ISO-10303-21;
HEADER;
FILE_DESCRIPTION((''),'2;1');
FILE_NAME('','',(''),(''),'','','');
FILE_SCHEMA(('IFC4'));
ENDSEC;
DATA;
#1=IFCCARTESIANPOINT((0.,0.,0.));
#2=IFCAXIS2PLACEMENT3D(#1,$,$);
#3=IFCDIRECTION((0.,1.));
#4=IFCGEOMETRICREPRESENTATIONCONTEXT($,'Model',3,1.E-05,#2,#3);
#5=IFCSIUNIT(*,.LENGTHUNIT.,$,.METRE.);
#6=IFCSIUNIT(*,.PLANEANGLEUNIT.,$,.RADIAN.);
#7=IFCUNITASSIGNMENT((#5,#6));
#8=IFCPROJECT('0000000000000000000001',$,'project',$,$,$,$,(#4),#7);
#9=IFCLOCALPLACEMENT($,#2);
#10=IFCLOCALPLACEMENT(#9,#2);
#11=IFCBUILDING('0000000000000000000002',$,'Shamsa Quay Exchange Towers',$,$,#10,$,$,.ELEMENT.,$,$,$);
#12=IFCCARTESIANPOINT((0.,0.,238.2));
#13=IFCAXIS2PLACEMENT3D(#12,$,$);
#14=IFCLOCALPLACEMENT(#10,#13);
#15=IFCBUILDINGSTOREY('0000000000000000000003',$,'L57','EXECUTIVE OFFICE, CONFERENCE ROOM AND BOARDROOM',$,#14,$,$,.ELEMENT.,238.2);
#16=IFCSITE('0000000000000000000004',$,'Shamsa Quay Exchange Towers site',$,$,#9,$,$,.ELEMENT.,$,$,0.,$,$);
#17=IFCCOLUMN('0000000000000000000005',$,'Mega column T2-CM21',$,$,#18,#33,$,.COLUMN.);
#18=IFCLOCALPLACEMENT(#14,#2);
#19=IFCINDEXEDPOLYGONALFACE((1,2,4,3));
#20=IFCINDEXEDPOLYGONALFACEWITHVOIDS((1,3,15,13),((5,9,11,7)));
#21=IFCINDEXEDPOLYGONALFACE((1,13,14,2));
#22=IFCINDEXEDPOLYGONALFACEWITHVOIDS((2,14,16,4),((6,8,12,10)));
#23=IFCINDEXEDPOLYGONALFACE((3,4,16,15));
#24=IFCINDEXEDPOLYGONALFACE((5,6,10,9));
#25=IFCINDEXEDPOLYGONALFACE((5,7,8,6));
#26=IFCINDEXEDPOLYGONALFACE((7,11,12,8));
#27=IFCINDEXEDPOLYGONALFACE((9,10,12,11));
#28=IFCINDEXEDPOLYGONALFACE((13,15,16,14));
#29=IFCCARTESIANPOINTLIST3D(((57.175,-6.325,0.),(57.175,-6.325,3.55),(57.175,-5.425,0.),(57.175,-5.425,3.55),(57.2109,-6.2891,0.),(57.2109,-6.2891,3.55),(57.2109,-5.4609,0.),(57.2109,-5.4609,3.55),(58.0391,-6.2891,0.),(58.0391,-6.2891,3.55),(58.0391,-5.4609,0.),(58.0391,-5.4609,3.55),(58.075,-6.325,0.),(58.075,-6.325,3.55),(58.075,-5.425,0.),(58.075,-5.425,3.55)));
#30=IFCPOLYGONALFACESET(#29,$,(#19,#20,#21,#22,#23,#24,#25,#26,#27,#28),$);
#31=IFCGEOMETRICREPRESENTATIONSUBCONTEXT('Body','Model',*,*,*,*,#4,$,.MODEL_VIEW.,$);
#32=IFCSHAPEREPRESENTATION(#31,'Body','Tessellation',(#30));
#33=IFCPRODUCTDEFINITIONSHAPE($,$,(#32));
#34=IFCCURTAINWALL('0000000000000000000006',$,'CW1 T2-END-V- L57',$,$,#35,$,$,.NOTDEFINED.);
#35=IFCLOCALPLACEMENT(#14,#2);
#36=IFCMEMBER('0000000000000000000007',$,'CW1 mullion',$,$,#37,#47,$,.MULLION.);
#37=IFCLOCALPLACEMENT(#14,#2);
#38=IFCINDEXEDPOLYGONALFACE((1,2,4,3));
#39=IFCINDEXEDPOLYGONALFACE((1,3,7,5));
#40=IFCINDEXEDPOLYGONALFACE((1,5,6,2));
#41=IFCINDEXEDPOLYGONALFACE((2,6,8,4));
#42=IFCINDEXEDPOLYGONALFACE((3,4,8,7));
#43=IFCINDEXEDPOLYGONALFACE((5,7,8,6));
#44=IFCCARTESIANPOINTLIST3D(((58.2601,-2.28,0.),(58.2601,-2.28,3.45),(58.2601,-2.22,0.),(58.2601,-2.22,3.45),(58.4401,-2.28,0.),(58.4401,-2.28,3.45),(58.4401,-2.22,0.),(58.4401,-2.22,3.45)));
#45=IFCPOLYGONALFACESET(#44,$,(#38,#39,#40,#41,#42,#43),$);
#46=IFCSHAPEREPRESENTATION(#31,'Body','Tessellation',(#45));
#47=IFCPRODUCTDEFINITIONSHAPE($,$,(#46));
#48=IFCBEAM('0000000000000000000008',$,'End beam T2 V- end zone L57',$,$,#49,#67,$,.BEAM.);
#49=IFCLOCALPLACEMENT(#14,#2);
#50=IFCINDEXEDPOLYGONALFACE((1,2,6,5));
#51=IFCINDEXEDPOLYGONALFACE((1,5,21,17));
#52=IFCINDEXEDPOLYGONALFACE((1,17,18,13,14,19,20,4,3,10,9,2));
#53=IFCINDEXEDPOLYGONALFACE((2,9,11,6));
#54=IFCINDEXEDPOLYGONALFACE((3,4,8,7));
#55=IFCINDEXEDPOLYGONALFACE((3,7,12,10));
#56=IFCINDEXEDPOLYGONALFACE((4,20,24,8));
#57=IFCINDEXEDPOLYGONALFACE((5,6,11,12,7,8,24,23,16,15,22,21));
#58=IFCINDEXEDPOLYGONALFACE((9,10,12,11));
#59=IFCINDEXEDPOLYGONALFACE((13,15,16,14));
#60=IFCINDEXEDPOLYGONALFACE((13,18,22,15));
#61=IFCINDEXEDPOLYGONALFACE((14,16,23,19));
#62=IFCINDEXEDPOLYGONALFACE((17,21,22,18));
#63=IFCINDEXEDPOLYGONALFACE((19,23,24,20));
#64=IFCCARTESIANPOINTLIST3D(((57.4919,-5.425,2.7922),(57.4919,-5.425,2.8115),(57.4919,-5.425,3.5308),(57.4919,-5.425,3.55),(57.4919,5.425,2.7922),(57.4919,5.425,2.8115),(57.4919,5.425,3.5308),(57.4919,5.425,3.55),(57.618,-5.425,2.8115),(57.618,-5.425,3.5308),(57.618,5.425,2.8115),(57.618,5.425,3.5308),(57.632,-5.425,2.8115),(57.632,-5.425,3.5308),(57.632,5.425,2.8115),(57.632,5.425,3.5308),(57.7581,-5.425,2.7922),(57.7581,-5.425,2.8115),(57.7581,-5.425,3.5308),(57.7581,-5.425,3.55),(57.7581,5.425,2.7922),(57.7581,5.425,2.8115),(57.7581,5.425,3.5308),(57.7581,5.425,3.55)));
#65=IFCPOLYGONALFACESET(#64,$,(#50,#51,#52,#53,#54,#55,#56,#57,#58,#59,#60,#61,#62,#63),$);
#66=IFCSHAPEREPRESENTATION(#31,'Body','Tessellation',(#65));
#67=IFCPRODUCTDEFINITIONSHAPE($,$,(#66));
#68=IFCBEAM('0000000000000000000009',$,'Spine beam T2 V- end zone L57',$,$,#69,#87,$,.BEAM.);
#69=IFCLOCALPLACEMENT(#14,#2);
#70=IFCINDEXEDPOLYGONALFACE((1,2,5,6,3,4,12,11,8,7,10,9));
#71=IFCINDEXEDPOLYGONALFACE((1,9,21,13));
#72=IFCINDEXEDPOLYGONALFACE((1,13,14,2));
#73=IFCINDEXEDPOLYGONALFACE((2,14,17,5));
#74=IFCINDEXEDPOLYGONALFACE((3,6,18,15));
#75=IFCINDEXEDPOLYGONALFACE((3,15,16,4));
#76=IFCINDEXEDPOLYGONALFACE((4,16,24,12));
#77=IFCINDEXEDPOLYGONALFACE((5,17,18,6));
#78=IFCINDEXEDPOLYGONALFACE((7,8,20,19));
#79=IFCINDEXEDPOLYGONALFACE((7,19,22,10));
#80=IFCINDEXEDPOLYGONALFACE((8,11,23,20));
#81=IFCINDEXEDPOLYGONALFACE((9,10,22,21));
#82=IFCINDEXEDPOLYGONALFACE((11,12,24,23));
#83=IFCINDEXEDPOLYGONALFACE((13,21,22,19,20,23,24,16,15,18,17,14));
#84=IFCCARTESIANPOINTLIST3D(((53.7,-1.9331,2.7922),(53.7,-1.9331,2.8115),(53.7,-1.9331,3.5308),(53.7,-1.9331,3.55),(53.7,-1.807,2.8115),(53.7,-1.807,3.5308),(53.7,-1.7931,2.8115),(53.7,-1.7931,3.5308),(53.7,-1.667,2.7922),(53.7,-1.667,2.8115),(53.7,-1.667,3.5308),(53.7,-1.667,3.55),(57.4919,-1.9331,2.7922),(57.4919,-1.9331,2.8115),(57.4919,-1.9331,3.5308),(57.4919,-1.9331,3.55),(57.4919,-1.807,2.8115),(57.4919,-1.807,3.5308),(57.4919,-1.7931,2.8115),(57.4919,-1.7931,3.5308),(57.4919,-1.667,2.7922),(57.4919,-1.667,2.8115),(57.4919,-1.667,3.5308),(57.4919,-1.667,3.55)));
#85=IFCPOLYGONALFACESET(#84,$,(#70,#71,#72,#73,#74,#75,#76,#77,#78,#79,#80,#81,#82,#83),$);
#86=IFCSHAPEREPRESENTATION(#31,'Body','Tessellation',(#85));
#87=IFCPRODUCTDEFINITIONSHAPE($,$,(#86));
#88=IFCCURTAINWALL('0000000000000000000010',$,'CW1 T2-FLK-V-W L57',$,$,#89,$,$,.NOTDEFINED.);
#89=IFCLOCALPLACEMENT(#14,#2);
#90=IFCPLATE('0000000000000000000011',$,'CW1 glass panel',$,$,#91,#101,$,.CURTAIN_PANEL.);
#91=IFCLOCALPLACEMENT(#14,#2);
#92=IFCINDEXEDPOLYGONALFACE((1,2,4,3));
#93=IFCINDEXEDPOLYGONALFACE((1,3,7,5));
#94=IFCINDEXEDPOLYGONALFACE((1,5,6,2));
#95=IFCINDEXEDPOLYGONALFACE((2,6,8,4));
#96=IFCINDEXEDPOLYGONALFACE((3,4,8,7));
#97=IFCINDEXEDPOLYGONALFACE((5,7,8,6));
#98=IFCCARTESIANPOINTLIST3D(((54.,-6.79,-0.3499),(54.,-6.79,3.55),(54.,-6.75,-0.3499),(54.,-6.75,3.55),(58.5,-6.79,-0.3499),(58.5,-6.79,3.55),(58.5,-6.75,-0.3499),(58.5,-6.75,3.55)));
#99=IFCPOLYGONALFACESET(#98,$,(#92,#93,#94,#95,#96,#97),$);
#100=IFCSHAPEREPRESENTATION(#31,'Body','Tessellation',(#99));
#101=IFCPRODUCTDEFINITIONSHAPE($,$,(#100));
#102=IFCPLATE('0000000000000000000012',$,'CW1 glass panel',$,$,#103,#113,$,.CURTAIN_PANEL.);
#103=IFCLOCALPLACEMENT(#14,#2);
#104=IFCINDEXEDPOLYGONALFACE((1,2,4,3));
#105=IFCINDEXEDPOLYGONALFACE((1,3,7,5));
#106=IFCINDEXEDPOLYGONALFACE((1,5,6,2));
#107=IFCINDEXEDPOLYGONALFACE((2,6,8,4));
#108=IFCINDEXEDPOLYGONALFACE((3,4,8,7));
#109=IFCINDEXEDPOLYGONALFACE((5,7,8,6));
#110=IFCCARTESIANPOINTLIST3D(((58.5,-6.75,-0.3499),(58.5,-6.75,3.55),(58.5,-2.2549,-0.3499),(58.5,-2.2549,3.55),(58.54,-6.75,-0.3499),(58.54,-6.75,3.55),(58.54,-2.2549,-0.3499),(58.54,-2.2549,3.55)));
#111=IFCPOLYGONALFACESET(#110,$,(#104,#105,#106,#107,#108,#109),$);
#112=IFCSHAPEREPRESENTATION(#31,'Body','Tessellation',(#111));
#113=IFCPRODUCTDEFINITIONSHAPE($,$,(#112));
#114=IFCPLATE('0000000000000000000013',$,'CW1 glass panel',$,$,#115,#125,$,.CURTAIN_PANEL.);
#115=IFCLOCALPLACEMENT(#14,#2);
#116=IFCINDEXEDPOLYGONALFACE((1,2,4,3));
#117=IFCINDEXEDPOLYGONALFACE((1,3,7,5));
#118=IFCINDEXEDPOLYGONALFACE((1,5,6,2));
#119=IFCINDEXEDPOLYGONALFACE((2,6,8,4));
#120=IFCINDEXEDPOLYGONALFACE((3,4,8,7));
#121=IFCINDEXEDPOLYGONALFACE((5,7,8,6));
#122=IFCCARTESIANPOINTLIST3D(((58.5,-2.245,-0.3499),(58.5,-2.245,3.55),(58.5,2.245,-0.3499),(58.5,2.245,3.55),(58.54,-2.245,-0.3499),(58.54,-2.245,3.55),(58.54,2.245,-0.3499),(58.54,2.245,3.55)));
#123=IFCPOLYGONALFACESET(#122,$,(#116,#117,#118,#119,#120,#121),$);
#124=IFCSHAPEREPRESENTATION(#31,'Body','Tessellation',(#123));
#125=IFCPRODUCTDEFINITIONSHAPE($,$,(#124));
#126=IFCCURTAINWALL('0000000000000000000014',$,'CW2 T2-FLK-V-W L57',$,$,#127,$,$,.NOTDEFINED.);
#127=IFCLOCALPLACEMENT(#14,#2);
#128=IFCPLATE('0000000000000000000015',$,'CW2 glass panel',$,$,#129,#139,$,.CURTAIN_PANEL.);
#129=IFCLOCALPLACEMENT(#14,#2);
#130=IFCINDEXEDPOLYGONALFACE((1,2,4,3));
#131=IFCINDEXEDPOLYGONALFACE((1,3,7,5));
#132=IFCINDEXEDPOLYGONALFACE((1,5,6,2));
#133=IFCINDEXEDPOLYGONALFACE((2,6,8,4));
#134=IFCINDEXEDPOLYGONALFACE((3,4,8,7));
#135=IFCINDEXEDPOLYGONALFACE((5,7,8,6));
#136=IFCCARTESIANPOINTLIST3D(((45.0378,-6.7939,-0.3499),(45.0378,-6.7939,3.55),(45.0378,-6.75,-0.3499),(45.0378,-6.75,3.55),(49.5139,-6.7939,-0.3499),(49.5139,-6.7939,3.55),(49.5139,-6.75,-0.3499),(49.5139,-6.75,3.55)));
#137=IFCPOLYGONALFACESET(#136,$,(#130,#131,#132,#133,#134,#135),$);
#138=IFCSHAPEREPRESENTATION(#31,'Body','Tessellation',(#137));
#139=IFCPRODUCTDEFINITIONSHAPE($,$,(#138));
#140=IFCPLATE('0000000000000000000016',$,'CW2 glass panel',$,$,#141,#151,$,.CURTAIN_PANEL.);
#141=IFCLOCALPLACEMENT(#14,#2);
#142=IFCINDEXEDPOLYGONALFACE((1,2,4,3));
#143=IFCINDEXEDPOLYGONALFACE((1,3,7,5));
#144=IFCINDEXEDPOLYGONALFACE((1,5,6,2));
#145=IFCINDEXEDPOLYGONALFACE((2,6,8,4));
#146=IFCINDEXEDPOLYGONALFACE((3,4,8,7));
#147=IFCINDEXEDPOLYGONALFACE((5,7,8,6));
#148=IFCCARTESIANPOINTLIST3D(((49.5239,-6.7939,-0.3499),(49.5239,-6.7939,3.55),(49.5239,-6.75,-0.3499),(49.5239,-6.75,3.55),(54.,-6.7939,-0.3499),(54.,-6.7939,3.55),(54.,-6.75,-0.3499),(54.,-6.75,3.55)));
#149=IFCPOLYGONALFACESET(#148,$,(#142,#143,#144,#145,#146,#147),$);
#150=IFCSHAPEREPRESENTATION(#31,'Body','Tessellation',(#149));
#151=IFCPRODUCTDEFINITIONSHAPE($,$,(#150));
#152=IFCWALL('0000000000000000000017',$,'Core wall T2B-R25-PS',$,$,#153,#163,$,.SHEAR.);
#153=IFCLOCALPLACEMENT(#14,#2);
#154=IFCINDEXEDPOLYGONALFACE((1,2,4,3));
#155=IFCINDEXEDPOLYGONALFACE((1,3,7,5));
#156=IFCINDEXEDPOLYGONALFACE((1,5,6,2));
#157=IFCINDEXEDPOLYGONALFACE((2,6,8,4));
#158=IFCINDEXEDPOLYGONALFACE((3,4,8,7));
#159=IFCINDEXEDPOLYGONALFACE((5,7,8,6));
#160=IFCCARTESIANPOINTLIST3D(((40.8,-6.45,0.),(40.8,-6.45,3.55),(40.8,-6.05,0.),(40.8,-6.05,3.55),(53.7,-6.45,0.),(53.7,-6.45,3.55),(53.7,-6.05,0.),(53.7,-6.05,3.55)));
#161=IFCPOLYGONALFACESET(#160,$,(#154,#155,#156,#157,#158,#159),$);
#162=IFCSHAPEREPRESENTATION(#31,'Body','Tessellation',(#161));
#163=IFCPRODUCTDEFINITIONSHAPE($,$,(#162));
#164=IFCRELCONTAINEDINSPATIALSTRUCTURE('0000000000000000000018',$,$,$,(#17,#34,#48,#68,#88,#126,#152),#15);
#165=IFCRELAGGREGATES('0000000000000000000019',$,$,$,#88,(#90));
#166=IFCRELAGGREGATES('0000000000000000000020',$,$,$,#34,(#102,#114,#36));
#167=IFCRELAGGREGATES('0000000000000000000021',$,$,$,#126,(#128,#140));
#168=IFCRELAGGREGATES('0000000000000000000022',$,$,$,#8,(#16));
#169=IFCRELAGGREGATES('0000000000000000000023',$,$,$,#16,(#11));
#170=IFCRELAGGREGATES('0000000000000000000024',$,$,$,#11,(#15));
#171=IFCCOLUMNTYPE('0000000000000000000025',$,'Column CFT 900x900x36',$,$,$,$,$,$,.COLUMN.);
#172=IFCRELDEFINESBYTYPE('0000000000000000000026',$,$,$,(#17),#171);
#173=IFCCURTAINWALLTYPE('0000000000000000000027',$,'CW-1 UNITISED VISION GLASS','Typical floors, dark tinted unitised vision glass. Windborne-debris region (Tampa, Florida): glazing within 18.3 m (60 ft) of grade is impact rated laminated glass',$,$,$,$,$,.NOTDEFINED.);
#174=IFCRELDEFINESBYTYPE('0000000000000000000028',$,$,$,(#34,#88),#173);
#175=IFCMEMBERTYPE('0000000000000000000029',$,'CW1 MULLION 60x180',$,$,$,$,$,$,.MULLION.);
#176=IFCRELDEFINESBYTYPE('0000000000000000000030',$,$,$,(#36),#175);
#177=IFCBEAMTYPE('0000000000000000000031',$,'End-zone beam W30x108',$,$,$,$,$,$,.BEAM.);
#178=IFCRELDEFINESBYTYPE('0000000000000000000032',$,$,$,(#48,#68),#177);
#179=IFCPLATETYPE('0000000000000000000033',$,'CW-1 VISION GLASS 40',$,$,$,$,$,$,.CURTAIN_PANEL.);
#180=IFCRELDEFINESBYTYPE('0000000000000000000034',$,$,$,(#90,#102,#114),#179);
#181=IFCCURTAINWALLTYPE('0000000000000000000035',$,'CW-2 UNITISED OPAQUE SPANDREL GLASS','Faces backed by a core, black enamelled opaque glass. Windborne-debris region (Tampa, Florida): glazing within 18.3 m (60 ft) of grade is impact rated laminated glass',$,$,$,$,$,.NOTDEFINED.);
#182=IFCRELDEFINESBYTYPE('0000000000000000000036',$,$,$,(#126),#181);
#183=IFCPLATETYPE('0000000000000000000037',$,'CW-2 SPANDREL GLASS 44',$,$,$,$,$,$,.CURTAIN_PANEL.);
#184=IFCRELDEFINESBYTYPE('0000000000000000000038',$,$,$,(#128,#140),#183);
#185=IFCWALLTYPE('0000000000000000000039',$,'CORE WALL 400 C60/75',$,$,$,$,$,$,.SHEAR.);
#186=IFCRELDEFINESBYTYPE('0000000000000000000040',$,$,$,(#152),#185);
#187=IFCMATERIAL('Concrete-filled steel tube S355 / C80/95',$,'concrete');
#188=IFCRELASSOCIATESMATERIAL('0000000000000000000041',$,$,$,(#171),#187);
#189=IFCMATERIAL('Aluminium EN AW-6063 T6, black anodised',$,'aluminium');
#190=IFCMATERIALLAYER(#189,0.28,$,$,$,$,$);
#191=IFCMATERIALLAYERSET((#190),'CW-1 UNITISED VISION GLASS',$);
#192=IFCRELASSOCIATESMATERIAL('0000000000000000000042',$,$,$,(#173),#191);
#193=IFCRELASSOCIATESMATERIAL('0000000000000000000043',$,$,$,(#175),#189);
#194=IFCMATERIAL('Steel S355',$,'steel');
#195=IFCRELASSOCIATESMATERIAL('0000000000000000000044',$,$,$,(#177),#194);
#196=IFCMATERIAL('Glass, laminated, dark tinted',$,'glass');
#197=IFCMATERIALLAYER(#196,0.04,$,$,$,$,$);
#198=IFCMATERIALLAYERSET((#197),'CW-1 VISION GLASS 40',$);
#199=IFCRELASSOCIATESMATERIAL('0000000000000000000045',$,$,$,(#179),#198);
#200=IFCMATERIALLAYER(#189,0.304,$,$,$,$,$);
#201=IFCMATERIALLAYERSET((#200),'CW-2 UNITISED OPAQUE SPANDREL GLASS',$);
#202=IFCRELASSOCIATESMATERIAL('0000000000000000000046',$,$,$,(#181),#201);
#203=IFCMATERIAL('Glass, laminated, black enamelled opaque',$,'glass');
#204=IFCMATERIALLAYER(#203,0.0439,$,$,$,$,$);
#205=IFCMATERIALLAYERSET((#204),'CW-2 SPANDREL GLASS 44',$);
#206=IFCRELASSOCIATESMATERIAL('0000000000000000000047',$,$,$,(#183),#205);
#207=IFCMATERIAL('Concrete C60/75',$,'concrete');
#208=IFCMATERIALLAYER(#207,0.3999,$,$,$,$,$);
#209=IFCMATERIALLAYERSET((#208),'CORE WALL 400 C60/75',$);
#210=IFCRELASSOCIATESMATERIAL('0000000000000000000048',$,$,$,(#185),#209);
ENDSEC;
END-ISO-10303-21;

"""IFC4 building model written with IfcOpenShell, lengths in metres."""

from ifc_helpers import new_model, si_unit, direction, frame, frame_2d, origin, origin_2d, place, context, subcontext, project, spatial, rectangle, hollow_rectangle, i_section, extrude, material, layer, layer_set, material_profile, profile_set, type_object, element, aggregate, save


model = new_model("IFC4")

# Units and contexts
model_context = context("Model", 3, precision=1e-05, world=origin(), true_north=direction((0.0, 1.0)))
body_context = subcontext(model_context, "Body", "Model", "MODEL_VIEW")
ifc_project = project(units=[si_unit("LENGTHUNIT", "METRE"), si_unit("PLANEANGLEUNIT", "RADIAN")], contexts=[model_context])

# Site, building, storey
site_placement = place(None, origin())
site = spatial("IfcSite", under=ifc_project, at=site_placement, Name="Shamsa Quay Exchange Towers site", CompositionType="ELEMENT", RefElevation=0.0)
building_placement = place(site_placement, origin())
building = spatial("IfcBuilding", under=site, at=building_placement, Name="Shamsa Quay Exchange Towers", CompositionType="ELEMENT")
storey_placement = place(building_placement, frame((0.0, 0.0, 238.2)))
storey = spatial("IfcBuildingStorey", under=building, at=storey_placement, Name="L57", Description="EXECUTIVE OFFICE, CONFERENCE ROOM AND BOARDROOM", CompositionType="ELEMENT", Elevation=238.2)

# Column
ifc_material_1 = material(Name="Concrete-filled steel tube S355 / C80/95", Category="concrete")
ifc_material_profile_1 = material_profile(ifc_material_1, hollow_rectangle(XDim=0.8999, YDim=0.8999, WallThickness=0.0359, at=origin_2d()), Name="CFT 900x900x36")
ifc_profile_set_1 = profile_set([ifc_material_profile_1], Name="Concrete-filled steel tube S355 / C80/95")
column_type = type_object("IfcColumnType", Name="Column CFT 900x900x36", PredefinedType="COLUMN", material=ifc_profile_set_1)
column_placement = place(storey_placement, frame((57.625, -5.875, 0.0)))
element("IfcColumn", 1, at=column_placement, inside=storey, type_object=column_type, Name="Mega column T2-CM21", PredefinedType="COLUMN", context=body_context, shape_type="SweptSolid", body=[
    extrude(hollow_rectangle(XDim=0.8999, YDim=0.8999, WallThickness=0.0359, at=origin_2d()), origin(), (0.0, 0.0, 1.0), 3.55),
])

# Curtain wall, member
ifc_material_2 = material(Name="Aluminium EN AW-6063 T6, black anodised", Category="aluminium")
ifc_layer_1 = layer(ifc_material_2, 0.28)
ifc_layer_set_1 = layer_set([ifc_layer_1], Name="CW-1 UNITISED VISION GLASS")
curtain_wall_type_1 = type_object("IfcCurtainWallType", Name="CW-1 UNITISED VISION GLASS", Description="Typical floors, dark tinted unitised vision glass. Windborne-debris region (Tampa, Florida): glazing within 18.3 m (60 ft) of grade is impact rated laminated glass", PredefinedType="NOTDEFINED", material=ifc_layer_set_1)
curtain_wall_1_placement = place(storey_placement, origin())
curtain_wall_1 = element("IfcCurtainWall", 2, at=curtain_wall_1_placement, inside=storey, type_object=curtain_wall_type_1, Name="CW1 T2-END-V- L57", PredefinedType="NOTDEFINED")
ifc_material_profile_2 = material_profile(ifc_material_2, rectangle(XDim=0.1799, YDim=0.0601, at=origin_2d()), Name="MU60x180")
ifc_profile_set_2 = profile_set([ifc_material_profile_2], Name="Aluminium EN AW-6063 T6, black anodised")
member_type = type_object("IfcMemberType", Name="CW1 MULLION 60x180", PredefinedType="MULLION", material=ifc_profile_set_2)
member_placement = place(storey_placement, frame((58.3501, -2.25, 0.0), z_axis=(0.0, 0.0, 1.0), x_axis=(-1.0, 0.0, 0.0)))
member = element("IfcMember", 3, at=member_placement, type_object=member_type, Name="CW1 mullion", PredefinedType="MULLION", context=body_context, shape_type="SweptSolid", body=[
    extrude(rectangle(XDim=0.1799, YDim=0.0601, at=origin_2d()), origin(), (0.0, 0.0, 1.0), 3.45),
])

# Beams
ifc_material_3 = material(Name="Steel S355", Category="steel")
ifc_material_profile_3 = material_profile(ifc_material_3, i_section(OverallWidth=0.2661, OverallDepth=0.7578, WebThickness=0.0139, FlangeThickness=0.0193, at=origin_2d()), Name="W30x108")
ifc_profile_set_3 = profile_set([ifc_material_profile_3], Name="Steel S355")
beam_type = type_object("IfcBeamType", Name="End-zone beam W30x108", PredefinedType="BEAM", material=ifc_profile_set_3)
beam_1_placement = place(storey_placement, frame((57.625, -5.425, 3.1711), z_axis=(0.0, 1.0, 0.0), x_axis=(-1.0, 0.0, 0.0)))
element("IfcBeam", 4, at=beam_1_placement, inside=storey, type_object=beam_type, Name="End beam T2 V- end zone L57", PredefinedType="BEAM", context=body_context, shape_type="SweptSolid", body=[
    extrude(i_section(OverallWidth=0.2661, OverallDepth=0.7578, WebThickness=0.0139, FlangeThickness=0.0193, at=origin_2d()), origin(), (0.0, 0.0, 1.0), 10.8501),
])
beam_2_placement = place(storey_placement, frame((53.7, -1.8, 3.1711), z_axis=(1.0, 0.0, 0.0), x_axis=(0.0, 1.0, 0.0)))
element("IfcBeam", 5, at=beam_2_placement, inside=storey, type_object=beam_type, Name="Spine beam T2 V- end zone L57", PredefinedType="BEAM", context=body_context, shape_type="SweptSolid", body=[
    extrude(i_section(OverallWidth=0.2661, OverallDepth=0.7578, WebThickness=0.0139, FlangeThickness=0.0193, at=origin_2d()), origin(), (0.0, 0.0, 1.0), 3.792),
])

# Curtain wall, plate
curtain_wall_2_placement = place(storey_placement, origin())
curtain_wall_2 = element("IfcCurtainWall", 6, at=curtain_wall_2_placement, inside=storey, type_object=curtain_wall_type_1, Name="CW1 T2-FLK-V-W L57", PredefinedType="NOTDEFINED")
ifc_material_4 = material(Name="Glass, laminated, dark tinted", Category="glass")
ifc_layer_2 = layer(ifc_material_4, 0.04)
ifc_layer_set_2 = layer_set([ifc_layer_2], Name="CW-1 VISION GLASS 40")
plate_type_1 = type_object("IfcPlateType", Name="CW-1 VISION GLASS 40", PredefinedType="CURTAIN_PANEL", material=ifc_layer_set_2)
plate_1_placement = place(storey_placement, frame((56.25, -6.77, -0.3499)))
plate_1 = element("IfcPlate", 7, at=plate_1_placement, type_object=plate_type_1, Name="CW1 glass panel", PredefinedType="CURTAIN_PANEL", context=body_context, shape_type="SweptSolid", body=[
    extrude(rectangle(XDim=4.5, YDim=0.04, at=origin_2d()), origin(), (0.0, 0.0, 1.0), 3.8999),
])
aggregate(curtain_wall_2, [plate_1])

# Plates
plate_2_placement = place(storey_placement, frame((58.52, -4.5024, -0.3499), z_axis=(0.0, 0.0, 1.0), x_axis=(0.0, 1.0, 0.0)))
plate_2 = element("IfcPlate", 8, at=plate_2_placement, type_object=plate_type_1, Name="CW1 glass panel", PredefinedType="CURTAIN_PANEL", context=body_context, shape_type="SweptSolid", body=[
    extrude(rectangle(XDim=4.4951, YDim=0.04, at=origin_2d()), origin(), (0.0, 0.0, 1.0), 3.8999),
])
plate_3_placement = place(storey_placement, frame((58.52, 0.0, -0.3499), z_axis=(0.0, 0.0, 1.0), x_axis=(0.0, 1.0, 0.0)))
plate_3 = element("IfcPlate", 9, at=plate_3_placement, type_object=plate_type_1, Name="CW1 glass panel", PredefinedType="CURTAIN_PANEL", context=body_context, shape_type="SweptSolid", body=[
    extrude(rectangle(XDim=4.49, YDim=0.04, at=origin_2d()), origin(), (0.0, 0.0, 1.0), 3.8999),
])
aggregate(curtain_wall_1, [plate_2, plate_3, member])

# Curtain wall, plates
ifc_layer_3 = layer(ifc_material_2, 0.304)
ifc_layer_set_3 = layer_set([ifc_layer_3], Name="CW-2 UNITISED OPAQUE SPANDREL GLASS")
curtain_wall_type_2 = type_object("IfcCurtainWallType", Name="CW-2 UNITISED OPAQUE SPANDREL GLASS", Description="Faces backed by a core, black enamelled opaque glass. Windborne-debris region (Tampa, Florida): glazing within 18.3 m (60 ft) of grade is impact rated laminated glass", PredefinedType="NOTDEFINED", material=ifc_layer_set_3)
curtain_wall_3_placement = place(storey_placement, origin())
curtain_wall_3 = element("IfcCurtainWall", 10, at=curtain_wall_3_placement, inside=storey, type_object=curtain_wall_type_2, Name="CW2 T2-FLK-V-W L57", PredefinedType="NOTDEFINED")
ifc_material_5 = material(Name="Glass, laminated, black enamelled opaque", Category="glass")
ifc_layer_4 = layer(ifc_material_5, 0.0439)
ifc_layer_set_4 = layer_set([ifc_layer_4], Name="CW-2 SPANDREL GLASS 44")
plate_type_2 = type_object("IfcPlateType", Name="CW-2 SPANDREL GLASS 44", PredefinedType="CURTAIN_PANEL", material=ifc_layer_set_4)
plate_4_placement = place(storey_placement, frame((47.2759, -6.772, -0.3499)))
plate_4 = element("IfcPlate", 11, at=plate_4_placement, type_object=plate_type_2, Name="CW2 glass panel", PredefinedType="CURTAIN_PANEL", context=body_context, shape_type="SweptSolid", body=[
    extrude(rectangle(XDim=4.4761, YDim=0.0439, at=origin_2d()), origin(), (0.0, 0.0, 1.0), 3.8999),
])
plate_5_placement = place(storey_placement, frame((51.762, -6.772, -0.3499)))
plate_5 = element("IfcPlate", 12, at=plate_5_placement, type_object=plate_type_2, Name="CW2 glass panel", PredefinedType="CURTAIN_PANEL", context=body_context, shape_type="SweptSolid", body=[
    extrude(rectangle(XDim=4.4761, YDim=0.0439, at=origin_2d()), origin(), (0.0, 0.0, 1.0), 3.8999),
])
aggregate(curtain_wall_3, [plate_4, plate_5])

# Wall
ifc_material_6 = material(Name="Concrete C60/75", Category="concrete")
ifc_layer_5 = layer(ifc_material_6, 0.3999)
ifc_layer_set_5 = layer_set([ifc_layer_5], Name="CORE WALL 400 C60/75")
wall_type_1 = type_object("IfcWallType", Name="CORE WALL 400 C60/75", PredefinedType="SHEAR", material=ifc_layer_set_5)
wall_1_placement = place(storey_placement, frame((53.7, -6.25, 0.0), z_axis=(0.0, 0.0, 1.0), x_axis=(-1.0, 0.0, 0.0)))
element("IfcWall", 13, at=wall_1_placement, inside=storey, type_object=wall_type_1, Name="Core wall T2B-R25-PS", PredefinedType="SHEAR", context=body_context, shape_type="SweptSolid", body=[
    extrude(rectangle(XDim=12.8999, YDim=0.3999, at=frame_2d((6.45, 0.0))), origin(), (0.0, 0.0, 1.0), 3.55),
])

save(model, "model.ifc")
